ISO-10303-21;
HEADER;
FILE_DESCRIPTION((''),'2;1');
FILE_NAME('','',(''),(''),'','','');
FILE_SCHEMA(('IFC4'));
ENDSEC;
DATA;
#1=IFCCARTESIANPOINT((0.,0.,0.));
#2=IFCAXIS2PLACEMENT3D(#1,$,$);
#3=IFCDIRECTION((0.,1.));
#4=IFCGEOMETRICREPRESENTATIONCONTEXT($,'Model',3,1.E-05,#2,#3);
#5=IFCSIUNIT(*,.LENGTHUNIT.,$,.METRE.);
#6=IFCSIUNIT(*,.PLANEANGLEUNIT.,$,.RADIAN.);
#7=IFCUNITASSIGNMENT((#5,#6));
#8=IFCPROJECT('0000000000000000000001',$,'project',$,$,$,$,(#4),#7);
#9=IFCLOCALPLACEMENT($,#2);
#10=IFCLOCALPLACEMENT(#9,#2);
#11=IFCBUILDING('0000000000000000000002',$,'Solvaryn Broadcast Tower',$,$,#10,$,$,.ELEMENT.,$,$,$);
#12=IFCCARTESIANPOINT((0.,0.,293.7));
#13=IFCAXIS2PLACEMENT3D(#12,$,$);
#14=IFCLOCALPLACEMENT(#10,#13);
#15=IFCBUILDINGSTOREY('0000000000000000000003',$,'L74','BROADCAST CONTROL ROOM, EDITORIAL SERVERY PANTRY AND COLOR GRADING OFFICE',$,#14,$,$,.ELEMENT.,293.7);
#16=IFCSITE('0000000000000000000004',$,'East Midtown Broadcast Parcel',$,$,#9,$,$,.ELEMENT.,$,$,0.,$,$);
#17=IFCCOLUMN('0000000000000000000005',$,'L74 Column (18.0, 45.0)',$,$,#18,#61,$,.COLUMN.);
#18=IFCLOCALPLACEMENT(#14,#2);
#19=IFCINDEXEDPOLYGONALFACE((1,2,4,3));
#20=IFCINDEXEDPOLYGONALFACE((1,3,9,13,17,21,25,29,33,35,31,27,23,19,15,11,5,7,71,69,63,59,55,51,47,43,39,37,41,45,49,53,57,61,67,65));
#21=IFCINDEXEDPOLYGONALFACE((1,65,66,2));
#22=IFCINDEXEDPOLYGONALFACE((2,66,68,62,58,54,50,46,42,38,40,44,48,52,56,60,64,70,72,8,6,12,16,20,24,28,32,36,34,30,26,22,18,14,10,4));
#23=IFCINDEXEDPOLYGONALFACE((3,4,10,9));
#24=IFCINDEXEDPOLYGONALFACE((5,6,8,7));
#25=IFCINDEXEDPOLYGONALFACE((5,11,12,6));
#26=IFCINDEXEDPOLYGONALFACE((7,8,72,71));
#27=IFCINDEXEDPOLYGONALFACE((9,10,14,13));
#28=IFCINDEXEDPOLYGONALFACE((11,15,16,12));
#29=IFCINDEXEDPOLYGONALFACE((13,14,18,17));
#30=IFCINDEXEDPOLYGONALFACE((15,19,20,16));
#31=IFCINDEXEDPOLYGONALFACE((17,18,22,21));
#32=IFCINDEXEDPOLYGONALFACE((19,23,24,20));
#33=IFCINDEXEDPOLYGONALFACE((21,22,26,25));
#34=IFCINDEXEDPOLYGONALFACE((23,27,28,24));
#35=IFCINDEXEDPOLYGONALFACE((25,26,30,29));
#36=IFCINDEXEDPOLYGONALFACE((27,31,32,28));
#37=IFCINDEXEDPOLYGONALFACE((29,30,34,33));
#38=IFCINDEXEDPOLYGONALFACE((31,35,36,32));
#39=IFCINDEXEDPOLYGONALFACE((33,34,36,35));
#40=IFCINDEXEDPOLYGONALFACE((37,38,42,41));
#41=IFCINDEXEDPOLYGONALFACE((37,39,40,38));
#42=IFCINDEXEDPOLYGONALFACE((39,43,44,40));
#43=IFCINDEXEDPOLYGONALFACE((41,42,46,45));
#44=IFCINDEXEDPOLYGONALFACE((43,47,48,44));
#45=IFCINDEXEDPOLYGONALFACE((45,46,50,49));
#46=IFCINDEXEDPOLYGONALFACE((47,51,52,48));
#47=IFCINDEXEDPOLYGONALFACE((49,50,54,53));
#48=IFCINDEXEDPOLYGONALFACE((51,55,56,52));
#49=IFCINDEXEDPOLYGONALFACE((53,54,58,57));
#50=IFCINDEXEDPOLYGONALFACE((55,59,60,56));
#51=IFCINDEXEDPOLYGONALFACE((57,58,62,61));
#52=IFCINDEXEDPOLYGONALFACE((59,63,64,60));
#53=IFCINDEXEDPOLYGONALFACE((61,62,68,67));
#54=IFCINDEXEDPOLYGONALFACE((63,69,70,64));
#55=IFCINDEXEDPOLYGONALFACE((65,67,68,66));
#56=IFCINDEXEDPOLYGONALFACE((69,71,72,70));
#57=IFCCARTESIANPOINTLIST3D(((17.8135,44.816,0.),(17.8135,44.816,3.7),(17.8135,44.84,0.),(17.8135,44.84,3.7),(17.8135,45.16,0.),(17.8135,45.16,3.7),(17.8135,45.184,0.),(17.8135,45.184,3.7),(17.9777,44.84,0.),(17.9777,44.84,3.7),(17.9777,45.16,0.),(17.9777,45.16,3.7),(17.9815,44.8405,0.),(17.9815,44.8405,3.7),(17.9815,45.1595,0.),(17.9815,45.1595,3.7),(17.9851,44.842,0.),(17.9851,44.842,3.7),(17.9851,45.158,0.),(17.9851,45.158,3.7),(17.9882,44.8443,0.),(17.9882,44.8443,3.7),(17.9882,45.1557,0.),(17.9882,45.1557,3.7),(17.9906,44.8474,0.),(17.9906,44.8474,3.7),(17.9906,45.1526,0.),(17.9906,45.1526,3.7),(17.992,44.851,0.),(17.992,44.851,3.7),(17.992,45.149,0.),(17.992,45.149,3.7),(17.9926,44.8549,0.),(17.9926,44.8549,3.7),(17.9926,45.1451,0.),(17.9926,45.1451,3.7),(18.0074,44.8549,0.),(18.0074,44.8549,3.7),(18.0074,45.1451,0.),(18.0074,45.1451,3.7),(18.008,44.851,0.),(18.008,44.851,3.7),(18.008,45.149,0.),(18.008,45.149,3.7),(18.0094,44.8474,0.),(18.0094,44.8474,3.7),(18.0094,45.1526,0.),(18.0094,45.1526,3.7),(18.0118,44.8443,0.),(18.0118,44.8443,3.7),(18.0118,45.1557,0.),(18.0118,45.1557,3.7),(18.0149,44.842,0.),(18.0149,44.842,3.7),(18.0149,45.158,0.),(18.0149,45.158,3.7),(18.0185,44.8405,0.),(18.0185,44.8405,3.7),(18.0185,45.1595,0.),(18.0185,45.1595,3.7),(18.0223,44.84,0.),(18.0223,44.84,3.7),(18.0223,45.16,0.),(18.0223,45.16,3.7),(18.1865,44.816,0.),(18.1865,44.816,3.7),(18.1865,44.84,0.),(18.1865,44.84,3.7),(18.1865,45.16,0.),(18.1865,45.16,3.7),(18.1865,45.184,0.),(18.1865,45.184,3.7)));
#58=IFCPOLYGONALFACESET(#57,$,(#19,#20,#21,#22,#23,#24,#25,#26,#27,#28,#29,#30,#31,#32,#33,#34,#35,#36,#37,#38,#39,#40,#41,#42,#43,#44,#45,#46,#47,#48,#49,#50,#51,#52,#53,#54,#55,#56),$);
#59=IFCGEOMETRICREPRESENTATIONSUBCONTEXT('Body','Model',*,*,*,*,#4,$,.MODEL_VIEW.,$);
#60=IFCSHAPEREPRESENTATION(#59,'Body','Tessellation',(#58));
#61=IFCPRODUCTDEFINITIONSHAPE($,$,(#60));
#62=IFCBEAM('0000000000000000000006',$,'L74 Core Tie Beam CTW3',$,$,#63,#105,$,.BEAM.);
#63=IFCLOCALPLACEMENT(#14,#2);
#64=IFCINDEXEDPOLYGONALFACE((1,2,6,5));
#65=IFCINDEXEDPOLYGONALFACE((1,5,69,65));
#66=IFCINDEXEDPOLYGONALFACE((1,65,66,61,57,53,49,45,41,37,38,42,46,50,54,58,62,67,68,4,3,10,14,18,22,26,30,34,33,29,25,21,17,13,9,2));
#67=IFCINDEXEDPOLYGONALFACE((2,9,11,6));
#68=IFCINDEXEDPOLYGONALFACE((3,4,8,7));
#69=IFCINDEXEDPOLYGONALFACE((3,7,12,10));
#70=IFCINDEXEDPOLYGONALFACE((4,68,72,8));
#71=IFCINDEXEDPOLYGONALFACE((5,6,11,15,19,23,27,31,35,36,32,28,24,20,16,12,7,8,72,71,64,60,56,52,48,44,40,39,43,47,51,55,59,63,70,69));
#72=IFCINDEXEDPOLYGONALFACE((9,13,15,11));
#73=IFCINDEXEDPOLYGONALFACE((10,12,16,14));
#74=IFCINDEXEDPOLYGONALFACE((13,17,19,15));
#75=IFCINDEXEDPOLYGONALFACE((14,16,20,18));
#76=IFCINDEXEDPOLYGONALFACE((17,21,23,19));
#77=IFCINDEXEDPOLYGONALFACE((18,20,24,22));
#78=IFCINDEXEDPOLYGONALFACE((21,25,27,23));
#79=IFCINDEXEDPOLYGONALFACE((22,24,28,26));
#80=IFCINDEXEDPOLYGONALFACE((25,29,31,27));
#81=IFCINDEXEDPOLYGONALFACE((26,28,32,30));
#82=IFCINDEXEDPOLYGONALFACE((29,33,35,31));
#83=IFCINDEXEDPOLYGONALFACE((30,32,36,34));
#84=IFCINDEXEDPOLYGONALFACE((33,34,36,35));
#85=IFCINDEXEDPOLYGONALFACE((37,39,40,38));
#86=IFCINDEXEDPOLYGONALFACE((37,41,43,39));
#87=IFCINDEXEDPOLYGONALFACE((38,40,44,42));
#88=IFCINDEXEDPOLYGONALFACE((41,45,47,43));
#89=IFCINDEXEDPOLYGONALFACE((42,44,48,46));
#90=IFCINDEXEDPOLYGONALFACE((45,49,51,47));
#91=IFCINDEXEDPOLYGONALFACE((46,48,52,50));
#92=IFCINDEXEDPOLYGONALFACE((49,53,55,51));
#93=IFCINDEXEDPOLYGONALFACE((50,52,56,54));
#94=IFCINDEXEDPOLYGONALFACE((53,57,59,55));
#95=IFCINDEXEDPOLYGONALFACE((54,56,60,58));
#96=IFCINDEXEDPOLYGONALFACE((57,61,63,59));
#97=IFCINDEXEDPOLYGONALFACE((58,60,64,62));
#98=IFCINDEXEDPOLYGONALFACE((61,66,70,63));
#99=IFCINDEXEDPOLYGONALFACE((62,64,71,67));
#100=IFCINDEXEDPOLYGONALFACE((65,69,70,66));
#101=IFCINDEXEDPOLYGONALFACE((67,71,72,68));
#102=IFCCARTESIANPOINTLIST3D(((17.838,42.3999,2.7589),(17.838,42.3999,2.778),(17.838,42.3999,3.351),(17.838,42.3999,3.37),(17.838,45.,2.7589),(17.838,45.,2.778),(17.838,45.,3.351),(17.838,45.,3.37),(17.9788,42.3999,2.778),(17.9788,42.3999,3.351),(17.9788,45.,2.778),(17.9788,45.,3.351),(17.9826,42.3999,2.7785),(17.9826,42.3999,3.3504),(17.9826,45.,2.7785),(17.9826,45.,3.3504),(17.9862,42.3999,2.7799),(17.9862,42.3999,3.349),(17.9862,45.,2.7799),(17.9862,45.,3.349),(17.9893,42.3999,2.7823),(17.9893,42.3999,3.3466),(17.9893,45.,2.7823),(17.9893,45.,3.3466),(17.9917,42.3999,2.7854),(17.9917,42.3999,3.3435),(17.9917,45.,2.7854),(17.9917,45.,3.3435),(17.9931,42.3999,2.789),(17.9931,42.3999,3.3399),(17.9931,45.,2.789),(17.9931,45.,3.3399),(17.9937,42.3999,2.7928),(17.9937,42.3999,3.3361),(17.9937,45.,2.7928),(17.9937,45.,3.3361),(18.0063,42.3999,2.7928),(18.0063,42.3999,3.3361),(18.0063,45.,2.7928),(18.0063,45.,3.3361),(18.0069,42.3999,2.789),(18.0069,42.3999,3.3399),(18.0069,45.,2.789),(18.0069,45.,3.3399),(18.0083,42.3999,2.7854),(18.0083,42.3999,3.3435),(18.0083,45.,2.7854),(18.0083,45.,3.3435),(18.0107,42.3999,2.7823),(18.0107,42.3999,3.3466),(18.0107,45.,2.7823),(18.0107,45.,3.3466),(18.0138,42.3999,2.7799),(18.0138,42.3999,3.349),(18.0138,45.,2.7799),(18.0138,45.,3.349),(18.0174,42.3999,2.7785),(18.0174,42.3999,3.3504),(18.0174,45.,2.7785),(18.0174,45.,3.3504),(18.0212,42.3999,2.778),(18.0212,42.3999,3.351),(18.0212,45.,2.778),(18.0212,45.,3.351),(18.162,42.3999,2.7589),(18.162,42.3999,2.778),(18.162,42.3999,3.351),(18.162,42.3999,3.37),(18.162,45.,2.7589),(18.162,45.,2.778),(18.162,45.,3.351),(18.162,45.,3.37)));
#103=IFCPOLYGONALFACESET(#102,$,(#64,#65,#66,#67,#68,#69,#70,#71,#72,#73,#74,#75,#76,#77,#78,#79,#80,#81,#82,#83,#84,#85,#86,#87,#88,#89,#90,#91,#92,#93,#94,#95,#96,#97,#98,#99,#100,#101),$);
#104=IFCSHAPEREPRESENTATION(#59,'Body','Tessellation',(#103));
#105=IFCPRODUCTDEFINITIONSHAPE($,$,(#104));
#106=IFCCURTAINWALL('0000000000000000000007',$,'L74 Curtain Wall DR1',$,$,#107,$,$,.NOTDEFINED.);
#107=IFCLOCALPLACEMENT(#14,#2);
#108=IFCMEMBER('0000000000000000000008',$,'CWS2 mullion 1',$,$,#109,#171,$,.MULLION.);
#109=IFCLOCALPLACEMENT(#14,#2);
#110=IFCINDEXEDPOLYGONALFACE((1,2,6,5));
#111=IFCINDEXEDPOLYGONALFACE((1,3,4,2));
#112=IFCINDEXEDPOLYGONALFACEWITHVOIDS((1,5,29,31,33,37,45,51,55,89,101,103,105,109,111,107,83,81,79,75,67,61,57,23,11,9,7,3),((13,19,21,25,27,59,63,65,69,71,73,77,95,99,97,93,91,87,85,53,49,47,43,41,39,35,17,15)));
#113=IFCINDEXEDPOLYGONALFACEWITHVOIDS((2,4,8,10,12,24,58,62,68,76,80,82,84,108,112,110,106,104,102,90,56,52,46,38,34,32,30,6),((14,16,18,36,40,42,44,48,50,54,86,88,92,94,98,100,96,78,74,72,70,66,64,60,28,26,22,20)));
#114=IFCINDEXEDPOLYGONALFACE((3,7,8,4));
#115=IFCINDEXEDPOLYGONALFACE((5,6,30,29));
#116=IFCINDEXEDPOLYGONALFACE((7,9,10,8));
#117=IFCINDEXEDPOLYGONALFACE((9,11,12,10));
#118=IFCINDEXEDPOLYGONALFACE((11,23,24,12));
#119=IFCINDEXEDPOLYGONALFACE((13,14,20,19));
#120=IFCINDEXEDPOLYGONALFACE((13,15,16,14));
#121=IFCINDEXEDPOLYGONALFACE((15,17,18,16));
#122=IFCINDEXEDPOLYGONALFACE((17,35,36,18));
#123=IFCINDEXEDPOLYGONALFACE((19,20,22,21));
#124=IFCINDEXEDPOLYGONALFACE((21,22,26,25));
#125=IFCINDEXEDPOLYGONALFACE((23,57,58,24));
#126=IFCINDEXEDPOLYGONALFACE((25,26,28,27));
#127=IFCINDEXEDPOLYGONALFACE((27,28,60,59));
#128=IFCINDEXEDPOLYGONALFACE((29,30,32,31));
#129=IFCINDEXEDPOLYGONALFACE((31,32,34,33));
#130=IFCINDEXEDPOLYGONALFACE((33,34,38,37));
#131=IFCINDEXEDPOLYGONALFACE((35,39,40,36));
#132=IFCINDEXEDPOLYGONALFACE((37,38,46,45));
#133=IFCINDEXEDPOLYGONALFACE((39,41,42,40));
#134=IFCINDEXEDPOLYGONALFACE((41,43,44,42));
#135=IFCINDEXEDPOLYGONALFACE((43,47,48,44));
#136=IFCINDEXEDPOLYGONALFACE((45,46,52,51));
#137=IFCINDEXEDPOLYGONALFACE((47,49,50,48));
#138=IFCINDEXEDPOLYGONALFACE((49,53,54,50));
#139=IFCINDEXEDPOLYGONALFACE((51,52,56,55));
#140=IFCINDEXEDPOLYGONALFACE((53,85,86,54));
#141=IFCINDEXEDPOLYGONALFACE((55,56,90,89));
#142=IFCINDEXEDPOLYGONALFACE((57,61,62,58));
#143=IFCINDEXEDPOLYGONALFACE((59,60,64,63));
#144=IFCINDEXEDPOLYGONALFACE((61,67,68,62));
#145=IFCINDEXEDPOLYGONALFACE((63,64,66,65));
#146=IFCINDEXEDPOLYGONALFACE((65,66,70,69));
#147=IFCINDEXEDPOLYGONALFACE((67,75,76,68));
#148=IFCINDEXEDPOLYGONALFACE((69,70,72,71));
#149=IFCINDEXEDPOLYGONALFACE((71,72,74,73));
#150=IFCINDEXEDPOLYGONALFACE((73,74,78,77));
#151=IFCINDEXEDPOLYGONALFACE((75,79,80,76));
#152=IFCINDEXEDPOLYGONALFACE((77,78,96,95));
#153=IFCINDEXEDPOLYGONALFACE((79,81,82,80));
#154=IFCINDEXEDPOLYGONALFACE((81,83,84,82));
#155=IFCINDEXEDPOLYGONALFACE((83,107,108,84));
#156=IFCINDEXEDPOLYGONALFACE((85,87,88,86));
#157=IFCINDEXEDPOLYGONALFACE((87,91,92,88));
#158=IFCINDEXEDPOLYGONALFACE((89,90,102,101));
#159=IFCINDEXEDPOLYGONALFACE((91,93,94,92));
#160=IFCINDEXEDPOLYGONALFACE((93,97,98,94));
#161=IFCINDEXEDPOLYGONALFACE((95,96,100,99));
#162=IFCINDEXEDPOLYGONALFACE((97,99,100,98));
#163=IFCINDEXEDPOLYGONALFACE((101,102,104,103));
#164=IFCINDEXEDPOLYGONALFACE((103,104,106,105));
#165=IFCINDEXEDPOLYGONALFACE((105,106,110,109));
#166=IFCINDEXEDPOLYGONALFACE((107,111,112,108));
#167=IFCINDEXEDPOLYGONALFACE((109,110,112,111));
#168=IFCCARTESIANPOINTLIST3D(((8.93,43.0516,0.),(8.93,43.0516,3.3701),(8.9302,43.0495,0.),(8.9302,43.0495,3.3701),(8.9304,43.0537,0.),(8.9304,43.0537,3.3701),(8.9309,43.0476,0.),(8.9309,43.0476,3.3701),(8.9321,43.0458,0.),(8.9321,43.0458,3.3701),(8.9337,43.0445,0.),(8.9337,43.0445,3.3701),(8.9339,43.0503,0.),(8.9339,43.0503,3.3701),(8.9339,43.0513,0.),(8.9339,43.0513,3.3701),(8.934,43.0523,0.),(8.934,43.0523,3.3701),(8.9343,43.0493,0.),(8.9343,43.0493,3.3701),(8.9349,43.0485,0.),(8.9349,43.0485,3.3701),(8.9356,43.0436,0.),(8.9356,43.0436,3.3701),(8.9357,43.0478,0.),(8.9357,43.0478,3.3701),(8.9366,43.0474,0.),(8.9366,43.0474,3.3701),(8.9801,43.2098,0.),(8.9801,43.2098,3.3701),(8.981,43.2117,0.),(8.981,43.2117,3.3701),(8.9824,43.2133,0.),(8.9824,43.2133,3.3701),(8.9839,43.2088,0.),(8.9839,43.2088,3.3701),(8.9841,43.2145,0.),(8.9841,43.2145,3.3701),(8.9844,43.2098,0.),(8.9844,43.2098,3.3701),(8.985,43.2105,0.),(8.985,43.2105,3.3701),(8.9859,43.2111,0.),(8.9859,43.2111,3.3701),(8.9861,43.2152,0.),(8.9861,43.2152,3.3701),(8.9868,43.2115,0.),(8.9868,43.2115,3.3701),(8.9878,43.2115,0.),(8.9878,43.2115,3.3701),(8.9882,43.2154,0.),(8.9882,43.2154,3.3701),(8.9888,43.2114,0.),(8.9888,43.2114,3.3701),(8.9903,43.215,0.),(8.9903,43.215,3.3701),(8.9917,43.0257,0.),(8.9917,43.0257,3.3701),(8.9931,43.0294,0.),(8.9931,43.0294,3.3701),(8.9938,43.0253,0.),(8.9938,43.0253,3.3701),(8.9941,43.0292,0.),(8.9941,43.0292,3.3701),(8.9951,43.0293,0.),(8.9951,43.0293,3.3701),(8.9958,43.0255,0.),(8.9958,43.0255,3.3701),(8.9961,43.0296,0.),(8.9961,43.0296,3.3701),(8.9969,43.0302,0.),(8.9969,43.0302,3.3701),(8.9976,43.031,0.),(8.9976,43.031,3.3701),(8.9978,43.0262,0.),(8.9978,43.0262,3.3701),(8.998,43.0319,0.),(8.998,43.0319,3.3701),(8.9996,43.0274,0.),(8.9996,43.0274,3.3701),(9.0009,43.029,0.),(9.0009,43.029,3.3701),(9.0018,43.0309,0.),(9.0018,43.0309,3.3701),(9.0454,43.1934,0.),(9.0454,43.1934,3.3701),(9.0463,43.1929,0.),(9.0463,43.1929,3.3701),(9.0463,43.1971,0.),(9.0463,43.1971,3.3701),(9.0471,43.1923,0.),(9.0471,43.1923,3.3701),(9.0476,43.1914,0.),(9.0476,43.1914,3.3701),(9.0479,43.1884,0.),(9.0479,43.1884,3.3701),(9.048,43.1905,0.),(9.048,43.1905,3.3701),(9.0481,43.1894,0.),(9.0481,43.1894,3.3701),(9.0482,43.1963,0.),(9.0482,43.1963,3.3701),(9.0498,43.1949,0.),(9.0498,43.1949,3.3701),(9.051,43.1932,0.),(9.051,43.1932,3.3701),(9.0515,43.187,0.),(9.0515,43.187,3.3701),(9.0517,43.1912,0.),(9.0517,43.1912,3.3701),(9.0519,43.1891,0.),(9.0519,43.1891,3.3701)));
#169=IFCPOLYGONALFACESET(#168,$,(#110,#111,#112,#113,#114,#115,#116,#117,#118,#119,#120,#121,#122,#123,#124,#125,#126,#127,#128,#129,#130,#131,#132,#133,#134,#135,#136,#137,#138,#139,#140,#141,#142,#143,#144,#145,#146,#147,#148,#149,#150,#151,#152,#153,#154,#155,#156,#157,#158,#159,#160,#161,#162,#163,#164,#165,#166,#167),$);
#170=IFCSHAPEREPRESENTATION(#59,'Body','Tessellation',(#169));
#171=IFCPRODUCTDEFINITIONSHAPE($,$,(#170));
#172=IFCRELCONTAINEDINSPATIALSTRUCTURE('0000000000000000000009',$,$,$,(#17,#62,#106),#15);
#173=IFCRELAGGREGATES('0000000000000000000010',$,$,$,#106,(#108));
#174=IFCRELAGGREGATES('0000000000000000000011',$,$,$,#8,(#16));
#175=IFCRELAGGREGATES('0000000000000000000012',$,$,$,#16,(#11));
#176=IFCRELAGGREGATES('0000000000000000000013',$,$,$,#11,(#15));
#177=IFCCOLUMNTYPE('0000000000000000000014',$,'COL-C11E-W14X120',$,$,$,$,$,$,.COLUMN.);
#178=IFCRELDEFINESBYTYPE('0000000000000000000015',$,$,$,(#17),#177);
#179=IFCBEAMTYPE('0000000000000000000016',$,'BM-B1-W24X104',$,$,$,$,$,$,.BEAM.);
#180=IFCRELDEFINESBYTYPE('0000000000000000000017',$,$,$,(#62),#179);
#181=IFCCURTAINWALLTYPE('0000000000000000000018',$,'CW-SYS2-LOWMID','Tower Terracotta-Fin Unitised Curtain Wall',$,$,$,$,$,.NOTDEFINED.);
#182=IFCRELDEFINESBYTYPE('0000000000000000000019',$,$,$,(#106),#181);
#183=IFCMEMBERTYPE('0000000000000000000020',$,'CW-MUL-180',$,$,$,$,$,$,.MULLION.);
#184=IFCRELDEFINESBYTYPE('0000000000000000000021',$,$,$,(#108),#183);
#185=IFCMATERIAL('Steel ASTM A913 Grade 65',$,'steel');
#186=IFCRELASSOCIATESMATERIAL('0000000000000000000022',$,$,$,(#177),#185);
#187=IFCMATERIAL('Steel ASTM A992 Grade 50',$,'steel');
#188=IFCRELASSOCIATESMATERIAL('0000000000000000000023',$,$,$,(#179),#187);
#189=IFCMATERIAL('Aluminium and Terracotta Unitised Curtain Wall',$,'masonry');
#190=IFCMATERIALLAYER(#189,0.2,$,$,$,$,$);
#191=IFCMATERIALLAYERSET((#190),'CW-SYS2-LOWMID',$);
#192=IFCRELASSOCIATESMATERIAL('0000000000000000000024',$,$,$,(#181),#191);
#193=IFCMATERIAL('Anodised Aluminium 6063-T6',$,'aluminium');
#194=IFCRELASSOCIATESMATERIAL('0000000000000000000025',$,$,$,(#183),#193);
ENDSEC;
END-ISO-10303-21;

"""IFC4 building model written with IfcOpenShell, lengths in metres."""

from ifc_helpers import new_model, si_unit, direction, frame, origin, origin_2d, place, context, subcontext, project, spatial, hollow_rectangle, i_section, extrude, material, layer, layer_set, material_profile, profile_set, type_object, element, aggregate, save


model = new_model("IFC4")

# Units and contexts
model_context = context("Model", 3, precision=1e-05, world=origin(), true_north=direction((0.0, 1.0)))
body_context = subcontext(model_context, "Body", "Model", "MODEL_VIEW")
ifc_project = project(units=[si_unit("LENGTHUNIT", "METRE"), si_unit("PLANEANGLEUNIT", "RADIAN")], contexts=[model_context])

# Site, building, storey
site_placement = place(None, origin())
site = spatial("IfcSite", under=ifc_project, at=site_placement, Name="East Midtown Broadcast Parcel", CompositionType="ELEMENT", RefElevation=0.0)
building_placement = place(site_placement, origin())
building = spatial("IfcBuilding", under=site, at=building_placement, Name="Solvaryn Broadcast Tower", CompositionType="ELEMENT")
storey_placement = place(building_placement, frame((0.0, 0.0, 293.7)))
storey = spatial("IfcBuildingStorey", under=building, at=storey_placement, Name="L74", Description="BROADCAST CONTROL ROOM, EDITORIAL SERVERY PANTRY AND COLOR GRADING OFFICE", CompositionType="ELEMENT", Elevation=293.7)

# Column
ifc_material_1 = material(Name="Steel ASTM A913 Grade 65", Category="steel")
ifc_material_profile_1 = material_profile(ifc_material_1, i_section(OverallWidth=0.373, OverallDepth=0.3679, WebThickness=0.0149, FlangeThickness=0.0239, FilletRadius=0.0149, at=origin_2d()))
ifc_profile_set_1 = profile_set([ifc_material_profile_1], Name="Steel ASTM A913 Grade 65")
column_type = type_object("IfcColumnType", Name="COL-C11E-W14X120", PredefinedType="COLUMN", material=ifc_profile_set_1)
column_placement = place(storey_placement, frame((18.0, 45.0, 0.0), z_axis=(0.0, 0.0, 1.0), x_axis=(1.0, 0.0, 0.0)))
element("IfcColumn", 1, at=column_placement, inside=storey, type_object=column_type, Name="L74 Column (18.0, 45.0)", PredefinedType="COLUMN", context=body_context, shape_type="SweptSolid", body=[
    extrude(i_section(OverallWidth=0.373, OverallDepth=0.3679, WebThickness=0.0149, FlangeThickness=0.0239, FilletRadius=0.0149, at=origin_2d()), origin(), (0.0, 0.0, 1.0), 3.7),
])

# Beam
ifc_material_2 = material(Name="Steel ASTM A992 Grade 50", Category="steel")
ifc_material_profile_2 = material_profile(ifc_material_2, i_section(OverallWidth=0.324, OverallDepth=0.6111, WebThickness=0.0127, FlangeThickness=0.019, FilletRadius=0.0149, at=origin_2d()))
ifc_profile_set_2 = profile_set([ifc_material_profile_2], Name="Steel ASTM A992 Grade 50")
beam_type = type_object("IfcBeamType", Name="BM-B1-W24X104", PredefinedType="BEAM", material=ifc_profile_set_2)
beam_placement = place(storey_placement, frame((18.0, 42.3999, 3.0645), z_axis=(0.0, 1.0, 0.0), x_axis=(-1.0, 0.0, 0.0)))
element("IfcBeam", 2, at=beam_placement, inside=storey, type_object=beam_type, Name="L74 Core Tie Beam CTW3", PredefinedType="BEAM", context=body_context, shape_type="SweptSolid", body=[
    extrude(i_section(OverallWidth=0.324, OverallDepth=0.6111, WebThickness=0.0127, FlangeThickness=0.019, FilletRadius=0.0149, at=origin_2d()), origin(), (0.0, 0.0, 1.0), 2.6001),
])

# Curtain wall, member
ifc_material_3 = material(Name="Aluminium and Terracotta Unitised Curtain Wall", Category="masonry")
ifc_layer_1 = layer(ifc_material_3, 0.2)
ifc_layer_set_1 = layer_set([ifc_layer_1], Name="CW-SYS2-LOWMID")
curtain_wall_type = type_object("IfcCurtainWallType", Name="CW-SYS2-LOWMID", Description="Tower Terracotta-Fin Unitised Curtain Wall", PredefinedType="NOTDEFINED", material=ifc_layer_set_1)
curtain_wall_1_placement = place(storey_placement, origin())
curtain_wall_1 = element("IfcCurtainWall", 3, at=curtain_wall_1_placement, inside=storey, type_object=curtain_wall_type, Name="L74 Curtain Wall DR1", PredefinedType="NOTDEFINED")
ifc_material_4 = material(Name="Anodised Aluminium 6063-T6", Category="aluminium")
ifc_material_profile_3 = material_profile(ifc_material_4, hollow_rectangle(XDim=0.075, YDim=0.1799, WallThickness=0.0039, InnerFilletRadius=0.0039, OuterFilletRadius=0.0081, at=origin_2d()))
ifc_profile_set_3 = profile_set([ifc_material_profile_3], Name="Anodised Aluminium 6063-T6")
member_type_1 = type_object("IfcMemberType", Name="CW-MUL-180", PredefinedType="MULLION", material=ifc_profile_set_3)
member_1_placement = place(storey_placement, frame((8.991, 43.1204, 0.0), z_axis=(0.0, 0.0, 1.0), x_axis=(0.952795, -0.303616, 0.0)))
member_1 = element("IfcMember", 4, at=member_1_placement, type_object=member_type_1, Name="CWS2 mullion 1", PredefinedType="MULLION", context=body_context, shape_type="SweptSolid", body=[
    extrude(hollow_rectangle(XDim=0.075, YDim=0.1799, WallThickness=0.0039, InnerFilletRadius=0.0039, OuterFilletRadius=0.0081, at=origin_2d()), origin(), (0.0, 0.0, 1.0), 3.3701),
])

aggregate(curtain_wall_1, [member_1])

save(model, "model.ifc")
